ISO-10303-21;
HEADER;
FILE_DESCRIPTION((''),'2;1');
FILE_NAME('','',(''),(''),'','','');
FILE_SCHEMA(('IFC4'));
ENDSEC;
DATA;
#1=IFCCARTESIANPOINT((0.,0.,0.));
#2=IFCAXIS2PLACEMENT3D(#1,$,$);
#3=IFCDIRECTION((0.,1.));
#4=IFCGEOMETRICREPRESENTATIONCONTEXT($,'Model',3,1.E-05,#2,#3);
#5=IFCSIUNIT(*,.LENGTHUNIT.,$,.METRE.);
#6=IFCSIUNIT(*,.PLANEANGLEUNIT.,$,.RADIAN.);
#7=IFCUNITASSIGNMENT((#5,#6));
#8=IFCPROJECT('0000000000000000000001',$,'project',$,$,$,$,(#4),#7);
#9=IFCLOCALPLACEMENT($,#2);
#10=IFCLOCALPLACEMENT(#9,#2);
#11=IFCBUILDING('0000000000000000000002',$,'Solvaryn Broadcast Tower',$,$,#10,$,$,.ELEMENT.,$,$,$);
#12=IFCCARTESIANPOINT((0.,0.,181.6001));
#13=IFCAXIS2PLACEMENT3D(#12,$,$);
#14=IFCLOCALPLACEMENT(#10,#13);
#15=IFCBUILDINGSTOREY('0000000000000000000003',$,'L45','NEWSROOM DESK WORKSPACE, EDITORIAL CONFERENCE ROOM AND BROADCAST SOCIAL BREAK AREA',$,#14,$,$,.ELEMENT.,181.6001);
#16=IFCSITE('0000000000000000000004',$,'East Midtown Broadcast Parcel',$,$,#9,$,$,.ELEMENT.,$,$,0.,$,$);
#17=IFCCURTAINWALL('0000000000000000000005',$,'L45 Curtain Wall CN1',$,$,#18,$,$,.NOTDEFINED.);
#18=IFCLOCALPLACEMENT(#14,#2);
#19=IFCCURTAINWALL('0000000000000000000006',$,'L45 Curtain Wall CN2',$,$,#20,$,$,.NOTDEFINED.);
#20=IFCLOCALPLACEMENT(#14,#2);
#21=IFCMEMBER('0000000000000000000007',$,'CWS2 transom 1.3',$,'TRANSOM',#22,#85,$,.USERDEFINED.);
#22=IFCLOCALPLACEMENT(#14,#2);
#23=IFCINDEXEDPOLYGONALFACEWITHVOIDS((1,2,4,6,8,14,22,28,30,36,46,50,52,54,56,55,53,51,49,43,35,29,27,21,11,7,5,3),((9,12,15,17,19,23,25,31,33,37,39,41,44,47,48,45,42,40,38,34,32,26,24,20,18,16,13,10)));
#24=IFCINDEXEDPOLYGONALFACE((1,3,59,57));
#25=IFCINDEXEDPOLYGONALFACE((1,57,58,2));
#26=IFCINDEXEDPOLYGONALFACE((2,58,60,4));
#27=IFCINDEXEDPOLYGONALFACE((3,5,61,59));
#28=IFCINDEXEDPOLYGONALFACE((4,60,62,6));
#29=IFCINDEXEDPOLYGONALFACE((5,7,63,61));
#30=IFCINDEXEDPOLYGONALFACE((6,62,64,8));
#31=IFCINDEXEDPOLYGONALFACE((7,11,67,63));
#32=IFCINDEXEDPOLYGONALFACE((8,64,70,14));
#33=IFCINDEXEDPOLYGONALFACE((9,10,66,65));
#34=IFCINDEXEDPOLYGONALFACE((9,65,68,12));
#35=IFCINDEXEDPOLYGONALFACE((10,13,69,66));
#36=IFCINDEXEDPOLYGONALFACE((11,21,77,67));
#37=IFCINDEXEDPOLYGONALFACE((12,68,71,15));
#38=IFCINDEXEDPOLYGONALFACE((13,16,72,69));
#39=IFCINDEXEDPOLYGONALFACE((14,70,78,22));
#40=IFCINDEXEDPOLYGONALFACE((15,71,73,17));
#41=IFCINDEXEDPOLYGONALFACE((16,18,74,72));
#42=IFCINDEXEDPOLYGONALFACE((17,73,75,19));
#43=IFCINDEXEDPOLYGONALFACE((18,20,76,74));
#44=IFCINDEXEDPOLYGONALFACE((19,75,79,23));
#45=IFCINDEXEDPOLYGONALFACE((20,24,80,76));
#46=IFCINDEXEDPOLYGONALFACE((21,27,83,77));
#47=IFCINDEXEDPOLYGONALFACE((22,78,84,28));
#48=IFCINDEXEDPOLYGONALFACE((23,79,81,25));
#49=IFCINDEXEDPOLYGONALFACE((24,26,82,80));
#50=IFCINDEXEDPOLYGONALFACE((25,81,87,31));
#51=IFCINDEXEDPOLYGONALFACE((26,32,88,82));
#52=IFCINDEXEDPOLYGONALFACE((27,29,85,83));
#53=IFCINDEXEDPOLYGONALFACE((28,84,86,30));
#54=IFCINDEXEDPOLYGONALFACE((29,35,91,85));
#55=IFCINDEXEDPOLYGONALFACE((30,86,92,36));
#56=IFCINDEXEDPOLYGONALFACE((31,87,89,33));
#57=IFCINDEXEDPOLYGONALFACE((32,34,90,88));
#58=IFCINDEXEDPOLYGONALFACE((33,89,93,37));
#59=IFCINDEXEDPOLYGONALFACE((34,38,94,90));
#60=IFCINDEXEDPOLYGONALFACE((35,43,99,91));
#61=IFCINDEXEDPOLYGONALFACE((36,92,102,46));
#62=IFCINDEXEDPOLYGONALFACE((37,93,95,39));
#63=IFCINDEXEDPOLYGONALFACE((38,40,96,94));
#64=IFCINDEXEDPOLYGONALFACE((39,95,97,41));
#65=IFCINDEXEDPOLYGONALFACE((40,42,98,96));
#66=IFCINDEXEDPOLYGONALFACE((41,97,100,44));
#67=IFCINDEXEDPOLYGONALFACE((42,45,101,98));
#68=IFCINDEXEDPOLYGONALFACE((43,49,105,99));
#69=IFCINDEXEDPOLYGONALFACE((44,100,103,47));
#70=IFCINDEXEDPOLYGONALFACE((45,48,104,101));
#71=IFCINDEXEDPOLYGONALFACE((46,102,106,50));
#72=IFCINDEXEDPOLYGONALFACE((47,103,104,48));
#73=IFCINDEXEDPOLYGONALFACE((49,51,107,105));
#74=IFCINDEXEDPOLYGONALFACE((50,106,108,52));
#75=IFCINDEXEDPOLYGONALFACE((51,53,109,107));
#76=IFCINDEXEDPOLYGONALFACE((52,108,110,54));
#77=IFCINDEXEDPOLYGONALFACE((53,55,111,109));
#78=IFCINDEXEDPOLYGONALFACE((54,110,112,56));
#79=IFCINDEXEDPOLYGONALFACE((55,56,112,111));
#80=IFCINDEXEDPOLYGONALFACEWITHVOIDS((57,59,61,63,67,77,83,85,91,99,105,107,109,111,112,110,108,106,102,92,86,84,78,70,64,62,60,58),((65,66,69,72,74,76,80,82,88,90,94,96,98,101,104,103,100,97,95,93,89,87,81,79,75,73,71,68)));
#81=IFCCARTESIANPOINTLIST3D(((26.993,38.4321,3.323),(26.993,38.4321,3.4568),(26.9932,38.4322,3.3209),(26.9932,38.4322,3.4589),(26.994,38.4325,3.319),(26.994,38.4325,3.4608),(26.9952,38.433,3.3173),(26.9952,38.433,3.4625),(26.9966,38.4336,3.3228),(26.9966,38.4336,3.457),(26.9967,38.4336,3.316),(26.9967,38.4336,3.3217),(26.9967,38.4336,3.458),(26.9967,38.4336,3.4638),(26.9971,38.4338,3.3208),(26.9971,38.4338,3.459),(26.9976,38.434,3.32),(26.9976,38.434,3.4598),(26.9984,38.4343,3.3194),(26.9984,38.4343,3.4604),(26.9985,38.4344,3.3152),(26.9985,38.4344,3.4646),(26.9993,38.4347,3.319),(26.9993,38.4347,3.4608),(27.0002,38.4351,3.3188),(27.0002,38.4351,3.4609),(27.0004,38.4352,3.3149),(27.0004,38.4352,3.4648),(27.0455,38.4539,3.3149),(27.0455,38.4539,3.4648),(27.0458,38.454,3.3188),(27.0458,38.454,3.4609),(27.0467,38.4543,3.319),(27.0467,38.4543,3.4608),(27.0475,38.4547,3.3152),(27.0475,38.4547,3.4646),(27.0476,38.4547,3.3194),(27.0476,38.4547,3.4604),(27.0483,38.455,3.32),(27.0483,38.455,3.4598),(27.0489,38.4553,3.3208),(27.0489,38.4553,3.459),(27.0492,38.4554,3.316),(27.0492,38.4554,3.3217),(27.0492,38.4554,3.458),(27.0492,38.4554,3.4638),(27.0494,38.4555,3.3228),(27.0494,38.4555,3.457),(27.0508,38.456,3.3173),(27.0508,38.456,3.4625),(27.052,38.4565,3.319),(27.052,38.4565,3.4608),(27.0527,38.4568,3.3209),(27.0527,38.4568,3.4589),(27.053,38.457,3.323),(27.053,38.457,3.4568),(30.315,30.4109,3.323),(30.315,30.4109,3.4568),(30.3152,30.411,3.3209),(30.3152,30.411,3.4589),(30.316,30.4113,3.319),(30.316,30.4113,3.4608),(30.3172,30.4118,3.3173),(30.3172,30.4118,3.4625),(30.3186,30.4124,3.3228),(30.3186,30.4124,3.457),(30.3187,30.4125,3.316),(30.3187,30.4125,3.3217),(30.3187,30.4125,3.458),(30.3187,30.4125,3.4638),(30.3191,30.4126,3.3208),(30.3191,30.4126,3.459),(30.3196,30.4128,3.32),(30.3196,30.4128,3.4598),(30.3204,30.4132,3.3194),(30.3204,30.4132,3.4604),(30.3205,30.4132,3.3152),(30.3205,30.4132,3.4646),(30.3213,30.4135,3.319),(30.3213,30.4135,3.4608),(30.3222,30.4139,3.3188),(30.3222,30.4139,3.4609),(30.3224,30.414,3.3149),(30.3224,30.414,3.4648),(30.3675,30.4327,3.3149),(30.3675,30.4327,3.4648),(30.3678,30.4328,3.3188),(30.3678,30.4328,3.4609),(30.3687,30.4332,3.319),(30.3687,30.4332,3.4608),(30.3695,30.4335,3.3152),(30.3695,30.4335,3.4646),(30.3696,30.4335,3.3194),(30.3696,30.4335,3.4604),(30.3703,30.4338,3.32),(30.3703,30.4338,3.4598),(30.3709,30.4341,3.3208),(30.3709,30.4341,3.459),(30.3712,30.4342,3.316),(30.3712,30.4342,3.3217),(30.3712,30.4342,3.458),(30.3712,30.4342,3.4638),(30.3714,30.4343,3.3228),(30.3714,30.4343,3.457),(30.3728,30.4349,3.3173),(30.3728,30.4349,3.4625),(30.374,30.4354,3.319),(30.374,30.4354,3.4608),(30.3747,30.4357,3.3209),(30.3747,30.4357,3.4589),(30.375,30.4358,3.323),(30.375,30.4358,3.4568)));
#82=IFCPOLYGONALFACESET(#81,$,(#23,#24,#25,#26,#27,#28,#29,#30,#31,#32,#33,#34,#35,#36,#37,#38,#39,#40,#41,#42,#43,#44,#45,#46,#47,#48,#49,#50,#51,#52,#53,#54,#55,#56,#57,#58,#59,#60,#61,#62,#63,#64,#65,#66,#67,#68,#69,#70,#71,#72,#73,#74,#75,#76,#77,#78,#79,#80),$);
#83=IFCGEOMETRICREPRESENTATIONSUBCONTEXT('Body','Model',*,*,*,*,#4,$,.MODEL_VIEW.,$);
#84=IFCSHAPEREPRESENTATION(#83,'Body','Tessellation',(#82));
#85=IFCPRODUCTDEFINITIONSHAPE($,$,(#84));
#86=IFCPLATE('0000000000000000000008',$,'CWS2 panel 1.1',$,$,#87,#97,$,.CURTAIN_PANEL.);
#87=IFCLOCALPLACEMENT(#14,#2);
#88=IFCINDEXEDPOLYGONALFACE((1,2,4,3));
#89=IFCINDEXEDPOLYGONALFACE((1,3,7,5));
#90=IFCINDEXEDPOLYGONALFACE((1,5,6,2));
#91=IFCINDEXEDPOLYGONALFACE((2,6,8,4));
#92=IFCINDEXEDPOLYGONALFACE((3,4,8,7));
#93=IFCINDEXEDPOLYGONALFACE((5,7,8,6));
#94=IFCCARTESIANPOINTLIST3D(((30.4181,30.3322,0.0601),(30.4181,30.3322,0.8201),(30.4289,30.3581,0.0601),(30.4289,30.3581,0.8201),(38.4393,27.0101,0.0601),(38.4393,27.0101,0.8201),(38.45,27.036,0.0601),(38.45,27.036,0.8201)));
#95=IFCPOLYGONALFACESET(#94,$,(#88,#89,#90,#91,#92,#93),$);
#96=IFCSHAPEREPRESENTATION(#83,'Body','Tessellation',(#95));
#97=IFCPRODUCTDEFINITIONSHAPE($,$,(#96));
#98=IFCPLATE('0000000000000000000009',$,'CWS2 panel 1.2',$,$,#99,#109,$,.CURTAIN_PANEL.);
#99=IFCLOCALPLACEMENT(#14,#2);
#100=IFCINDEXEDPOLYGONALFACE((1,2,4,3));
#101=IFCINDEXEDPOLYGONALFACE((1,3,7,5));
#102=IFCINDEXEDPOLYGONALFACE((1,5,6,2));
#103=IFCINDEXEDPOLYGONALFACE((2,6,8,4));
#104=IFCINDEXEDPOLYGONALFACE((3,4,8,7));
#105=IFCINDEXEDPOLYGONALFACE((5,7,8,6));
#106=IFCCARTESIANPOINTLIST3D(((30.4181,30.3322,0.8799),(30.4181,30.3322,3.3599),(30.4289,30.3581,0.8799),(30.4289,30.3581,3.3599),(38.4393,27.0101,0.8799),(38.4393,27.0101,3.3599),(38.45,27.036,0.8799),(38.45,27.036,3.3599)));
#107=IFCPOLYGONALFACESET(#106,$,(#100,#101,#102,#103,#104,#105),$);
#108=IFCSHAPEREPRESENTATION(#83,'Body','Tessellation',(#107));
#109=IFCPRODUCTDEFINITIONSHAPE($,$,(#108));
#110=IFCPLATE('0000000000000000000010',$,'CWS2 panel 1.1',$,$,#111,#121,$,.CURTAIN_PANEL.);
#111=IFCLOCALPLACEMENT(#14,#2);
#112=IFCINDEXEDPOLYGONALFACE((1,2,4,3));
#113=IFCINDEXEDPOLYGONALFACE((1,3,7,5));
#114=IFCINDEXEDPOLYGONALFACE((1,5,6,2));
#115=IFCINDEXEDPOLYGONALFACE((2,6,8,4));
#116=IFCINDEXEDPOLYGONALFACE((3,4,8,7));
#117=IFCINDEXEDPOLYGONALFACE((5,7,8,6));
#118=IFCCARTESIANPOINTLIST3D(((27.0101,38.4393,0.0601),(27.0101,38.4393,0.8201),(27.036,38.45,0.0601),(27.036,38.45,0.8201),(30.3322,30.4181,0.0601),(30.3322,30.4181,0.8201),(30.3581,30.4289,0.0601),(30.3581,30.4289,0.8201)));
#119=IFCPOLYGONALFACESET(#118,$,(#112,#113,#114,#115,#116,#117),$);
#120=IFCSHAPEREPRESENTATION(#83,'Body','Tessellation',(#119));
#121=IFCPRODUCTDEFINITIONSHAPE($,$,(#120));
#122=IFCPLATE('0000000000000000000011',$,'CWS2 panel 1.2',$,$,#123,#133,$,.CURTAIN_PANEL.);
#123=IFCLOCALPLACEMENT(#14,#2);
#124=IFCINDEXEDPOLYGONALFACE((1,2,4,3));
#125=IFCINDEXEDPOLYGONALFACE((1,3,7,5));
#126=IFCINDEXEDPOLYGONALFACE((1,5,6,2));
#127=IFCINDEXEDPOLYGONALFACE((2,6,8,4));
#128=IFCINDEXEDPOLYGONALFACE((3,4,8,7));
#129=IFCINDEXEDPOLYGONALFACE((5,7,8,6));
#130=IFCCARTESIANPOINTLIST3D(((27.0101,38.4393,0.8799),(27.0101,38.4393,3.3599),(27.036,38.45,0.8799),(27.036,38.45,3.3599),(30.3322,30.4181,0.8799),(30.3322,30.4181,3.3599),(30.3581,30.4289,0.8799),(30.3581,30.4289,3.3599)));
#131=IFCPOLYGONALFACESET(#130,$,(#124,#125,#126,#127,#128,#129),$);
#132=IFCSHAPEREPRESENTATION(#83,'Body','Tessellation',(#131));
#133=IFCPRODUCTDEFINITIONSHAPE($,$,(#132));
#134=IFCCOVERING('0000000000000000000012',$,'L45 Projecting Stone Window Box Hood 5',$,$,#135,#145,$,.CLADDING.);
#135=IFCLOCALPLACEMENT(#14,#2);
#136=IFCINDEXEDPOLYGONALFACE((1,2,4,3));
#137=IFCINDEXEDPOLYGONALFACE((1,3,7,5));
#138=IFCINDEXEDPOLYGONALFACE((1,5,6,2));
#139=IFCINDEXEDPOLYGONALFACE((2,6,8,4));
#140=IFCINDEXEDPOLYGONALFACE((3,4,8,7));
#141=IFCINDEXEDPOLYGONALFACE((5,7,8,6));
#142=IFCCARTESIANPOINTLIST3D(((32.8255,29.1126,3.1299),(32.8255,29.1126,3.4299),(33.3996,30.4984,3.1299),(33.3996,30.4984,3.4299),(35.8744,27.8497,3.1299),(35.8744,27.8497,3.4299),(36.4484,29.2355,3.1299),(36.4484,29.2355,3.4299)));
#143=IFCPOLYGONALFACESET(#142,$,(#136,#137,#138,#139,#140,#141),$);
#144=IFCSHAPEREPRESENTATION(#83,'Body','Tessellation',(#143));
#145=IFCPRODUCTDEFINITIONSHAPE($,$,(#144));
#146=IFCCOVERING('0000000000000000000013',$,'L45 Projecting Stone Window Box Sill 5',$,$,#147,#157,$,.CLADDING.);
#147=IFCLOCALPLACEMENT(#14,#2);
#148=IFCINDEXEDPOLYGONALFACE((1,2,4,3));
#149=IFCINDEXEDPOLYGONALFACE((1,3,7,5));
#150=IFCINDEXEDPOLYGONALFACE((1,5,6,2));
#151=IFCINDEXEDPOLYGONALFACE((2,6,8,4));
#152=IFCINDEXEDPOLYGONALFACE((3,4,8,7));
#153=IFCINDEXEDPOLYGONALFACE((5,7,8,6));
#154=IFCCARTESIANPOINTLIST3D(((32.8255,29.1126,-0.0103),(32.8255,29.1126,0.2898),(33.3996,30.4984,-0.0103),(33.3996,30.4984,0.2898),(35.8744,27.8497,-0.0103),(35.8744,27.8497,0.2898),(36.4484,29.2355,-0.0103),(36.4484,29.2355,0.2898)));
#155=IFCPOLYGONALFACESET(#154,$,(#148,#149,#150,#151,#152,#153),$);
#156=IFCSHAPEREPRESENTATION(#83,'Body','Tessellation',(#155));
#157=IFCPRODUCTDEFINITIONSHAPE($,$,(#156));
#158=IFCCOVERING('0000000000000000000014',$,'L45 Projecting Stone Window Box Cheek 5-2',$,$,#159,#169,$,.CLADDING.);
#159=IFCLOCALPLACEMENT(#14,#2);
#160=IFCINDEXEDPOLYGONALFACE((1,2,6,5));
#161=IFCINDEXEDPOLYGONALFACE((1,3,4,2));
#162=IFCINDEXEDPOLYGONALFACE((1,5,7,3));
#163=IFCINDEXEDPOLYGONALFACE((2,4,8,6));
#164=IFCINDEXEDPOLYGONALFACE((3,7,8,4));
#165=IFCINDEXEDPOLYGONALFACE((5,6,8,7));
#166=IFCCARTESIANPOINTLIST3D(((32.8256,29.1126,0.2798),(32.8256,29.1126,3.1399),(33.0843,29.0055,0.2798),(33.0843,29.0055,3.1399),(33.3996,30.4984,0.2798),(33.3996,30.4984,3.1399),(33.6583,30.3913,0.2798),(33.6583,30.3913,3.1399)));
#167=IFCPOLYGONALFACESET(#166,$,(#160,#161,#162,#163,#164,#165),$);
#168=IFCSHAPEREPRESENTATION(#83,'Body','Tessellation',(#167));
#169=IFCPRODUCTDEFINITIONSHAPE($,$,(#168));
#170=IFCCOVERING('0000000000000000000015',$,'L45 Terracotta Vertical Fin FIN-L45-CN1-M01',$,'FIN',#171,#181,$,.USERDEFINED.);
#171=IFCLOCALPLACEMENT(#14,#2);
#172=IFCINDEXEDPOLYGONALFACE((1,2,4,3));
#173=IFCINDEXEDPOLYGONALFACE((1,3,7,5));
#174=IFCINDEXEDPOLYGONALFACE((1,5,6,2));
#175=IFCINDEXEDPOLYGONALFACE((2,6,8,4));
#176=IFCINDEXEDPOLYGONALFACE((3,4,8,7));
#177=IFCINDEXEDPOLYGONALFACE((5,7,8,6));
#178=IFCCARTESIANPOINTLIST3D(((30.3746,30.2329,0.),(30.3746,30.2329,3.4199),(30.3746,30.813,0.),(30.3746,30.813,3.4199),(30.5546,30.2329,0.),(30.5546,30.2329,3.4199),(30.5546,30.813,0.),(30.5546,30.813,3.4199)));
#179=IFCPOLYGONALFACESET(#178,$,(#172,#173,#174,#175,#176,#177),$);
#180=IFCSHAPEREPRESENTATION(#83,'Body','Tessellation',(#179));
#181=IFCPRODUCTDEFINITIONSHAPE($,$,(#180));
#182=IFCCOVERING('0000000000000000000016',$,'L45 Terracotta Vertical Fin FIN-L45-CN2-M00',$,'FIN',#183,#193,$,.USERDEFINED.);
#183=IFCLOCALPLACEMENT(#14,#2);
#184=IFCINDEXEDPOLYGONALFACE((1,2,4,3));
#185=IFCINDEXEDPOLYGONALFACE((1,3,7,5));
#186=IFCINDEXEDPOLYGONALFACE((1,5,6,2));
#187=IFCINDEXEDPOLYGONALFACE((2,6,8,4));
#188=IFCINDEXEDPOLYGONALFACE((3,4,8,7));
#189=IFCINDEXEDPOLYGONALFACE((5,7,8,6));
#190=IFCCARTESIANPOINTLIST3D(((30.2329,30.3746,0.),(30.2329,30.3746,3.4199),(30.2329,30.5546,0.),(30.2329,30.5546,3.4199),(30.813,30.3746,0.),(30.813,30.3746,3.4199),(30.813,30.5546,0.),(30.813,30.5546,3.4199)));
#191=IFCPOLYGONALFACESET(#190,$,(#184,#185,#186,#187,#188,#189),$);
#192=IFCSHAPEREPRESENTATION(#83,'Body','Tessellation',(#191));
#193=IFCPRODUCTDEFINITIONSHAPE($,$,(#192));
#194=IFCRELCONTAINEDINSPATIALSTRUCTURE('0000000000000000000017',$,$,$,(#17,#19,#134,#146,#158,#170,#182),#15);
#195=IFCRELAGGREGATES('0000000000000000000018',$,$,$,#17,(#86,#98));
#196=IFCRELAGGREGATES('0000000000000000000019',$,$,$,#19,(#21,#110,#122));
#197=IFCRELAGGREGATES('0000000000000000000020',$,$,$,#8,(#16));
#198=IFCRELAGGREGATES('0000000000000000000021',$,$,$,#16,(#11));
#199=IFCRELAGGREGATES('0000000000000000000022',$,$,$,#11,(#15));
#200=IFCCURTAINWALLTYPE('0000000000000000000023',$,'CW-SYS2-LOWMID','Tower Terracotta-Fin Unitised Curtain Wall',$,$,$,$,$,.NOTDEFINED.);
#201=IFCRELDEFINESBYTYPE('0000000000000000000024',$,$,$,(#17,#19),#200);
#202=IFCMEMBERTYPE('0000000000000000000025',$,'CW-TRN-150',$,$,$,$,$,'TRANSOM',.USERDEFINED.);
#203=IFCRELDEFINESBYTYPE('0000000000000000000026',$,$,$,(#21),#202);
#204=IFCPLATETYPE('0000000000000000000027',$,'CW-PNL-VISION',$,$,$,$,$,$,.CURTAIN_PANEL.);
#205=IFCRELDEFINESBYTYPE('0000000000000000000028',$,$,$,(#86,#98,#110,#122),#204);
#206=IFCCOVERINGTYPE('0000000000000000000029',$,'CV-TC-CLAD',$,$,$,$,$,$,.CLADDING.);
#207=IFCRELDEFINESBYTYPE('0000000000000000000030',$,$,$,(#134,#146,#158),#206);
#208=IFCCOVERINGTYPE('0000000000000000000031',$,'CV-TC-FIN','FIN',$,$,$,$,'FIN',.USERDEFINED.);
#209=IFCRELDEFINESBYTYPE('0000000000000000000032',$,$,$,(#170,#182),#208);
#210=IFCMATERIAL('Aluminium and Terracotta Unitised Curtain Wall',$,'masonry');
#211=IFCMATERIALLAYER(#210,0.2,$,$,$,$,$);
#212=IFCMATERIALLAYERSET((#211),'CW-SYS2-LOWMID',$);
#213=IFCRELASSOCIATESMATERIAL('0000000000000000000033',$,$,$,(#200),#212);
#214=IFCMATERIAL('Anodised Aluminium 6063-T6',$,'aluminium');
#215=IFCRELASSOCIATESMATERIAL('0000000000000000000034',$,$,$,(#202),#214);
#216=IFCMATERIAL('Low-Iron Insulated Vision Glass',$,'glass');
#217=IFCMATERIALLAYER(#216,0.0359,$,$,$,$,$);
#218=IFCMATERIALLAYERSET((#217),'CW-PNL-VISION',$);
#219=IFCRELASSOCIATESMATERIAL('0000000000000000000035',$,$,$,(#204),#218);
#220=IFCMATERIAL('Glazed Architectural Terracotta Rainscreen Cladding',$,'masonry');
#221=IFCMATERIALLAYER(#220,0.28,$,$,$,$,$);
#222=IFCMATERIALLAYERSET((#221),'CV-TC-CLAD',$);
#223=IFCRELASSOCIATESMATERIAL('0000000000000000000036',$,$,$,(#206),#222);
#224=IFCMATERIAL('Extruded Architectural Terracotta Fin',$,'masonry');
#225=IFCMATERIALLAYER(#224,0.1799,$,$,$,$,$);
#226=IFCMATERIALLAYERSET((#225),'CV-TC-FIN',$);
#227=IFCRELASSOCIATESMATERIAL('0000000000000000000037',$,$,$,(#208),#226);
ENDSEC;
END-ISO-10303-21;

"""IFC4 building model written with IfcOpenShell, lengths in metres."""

from ifc_helpers import new_model, si_unit, direction, frame, origin, origin_2d, place, context, subcontext, project, spatial, rectangle, hollow_rectangle, extrude, material, layer, layer_set, material_profile, profile_set, type_object, element, aggregate, save


model = new_model("IFC4")

# Units and contexts
model_context = context("Model", 3, precision=1e-05, world=origin(), true_north=direction((0.0, 1.0)))
body_context = subcontext(model_context, "Body", "Model", "MODEL_VIEW")
ifc_project = project(units=[si_unit("LENGTHUNIT", "METRE"), si_unit("PLANEANGLEUNIT", "RADIAN")], contexts=[model_context])

# Site, building, storey
site_placement = place(None, origin())
site = spatial("IfcSite", under=ifc_project, at=site_placement, Name="East Midtown Broadcast Parcel", CompositionType="ELEMENT", RefElevation=0.0)
building_placement = place(site_placement, origin())
building = spatial("IfcBuilding", under=site, at=building_placement, Name="Solvaryn Broadcast Tower", CompositionType="ELEMENT")
storey_placement = place(building_placement, frame((0.0, 0.0, 181.6001)))
storey = spatial("IfcBuildingStorey", under=building, at=storey_placement, Name="L45", Description="NEWSROOM DESK WORKSPACE, EDITORIAL CONFERENCE ROOM AND BROADCAST SOCIAL BREAK AREA", CompositionType="ELEMENT", Elevation=181.6001)

# Curtain wall
ifc_material_1 = material(Name="Aluminium and Terracotta Unitised Curtain Wall", Category="masonry")
ifc_layer_1 = layer(ifc_material_1, 0.2)
ifc_layer_set_1 = layer_set([ifc_layer_1], Name="CW-SYS2-LOWMID")
curtain_wall_type = type_object("IfcCurtainWallType", Name="CW-SYS2-LOWMID", Description="Tower Terracotta-Fin Unitised Curtain Wall", PredefinedType="NOTDEFINED", material=ifc_layer_set_1)
curtain_wall_1_placement = place(storey_placement, origin())
curtain_wall_1 = element("IfcCurtainWall", 1, at=curtain_wall_1_placement, inside=storey, type_object=curtain_wall_type, Name="L45 Curtain Wall CN1", PredefinedType="NOTDEFINED")

# Curtain wall, member
curtain_wall_2_placement = place(storey_placement, origin())
curtain_wall_2 = element("IfcCurtainWall", 2, at=curtain_wall_2_placement, inside=storey, type_object=curtain_wall_type, Name="L45 Curtain Wall CN2", PredefinedType="NOTDEFINED")
ifc_material_2 = material(Name="Anodised Aluminium 6063-T6", Category="aluminium")
ifc_material_profile_1 = material_profile(ifc_material_2, hollow_rectangle(XDim=0.0649, YDim=0.1499, WallThickness=0.0039, InnerFilletRadius=0.0039, OuterFilletRadius=0.0081, at=origin_2d()))
ifc_profile_set_1 = profile_set([ifc_material_profile_1], Name="Anodised Aluminium 6063-T6")
member_type_1 = type_object("IfcMemberType", Name="CW-TRN-150", ElementType="TRANSOM", PredefinedType="USERDEFINED", material=ifc_profile_set_1)
member_1_placement = place(storey_placement, frame((30.345, 30.4233, 3.3899), z_axis=(-0.382636, 0.923899, 0.0), x_axis=(-0.923899, -0.382636, 0.0)))
member_1 = element("IfcMember", 3, at=member_1_placement, type_object=member_type_1, Name="CWS2 transom 1.3", ObjectType="TRANSOM", PredefinedType="USERDEFINED", context=body_context, shape_type="SweptSolid", body=[
    extrude(hollow_rectangle(XDim=0.0649, YDim=0.1499, WallThickness=0.0039, InnerFilletRadius=0.0039, OuterFilletRadius=0.0081, at=origin_2d()), origin(), (0.0, 0.0, 1.0), 8.6819),
])

# Plates
ifc_material_3 = material(Name="Low-Iron Insulated Vision Glass", Category="glass")
ifc_layer_2 = layer(ifc_material_3, 0.0359)
ifc_layer_set_2 = layer_set([ifc_layer_2], Name="CW-PNL-VISION")
plate_type = type_object("IfcPlateType", Name="CW-PNL-VISION", PredefinedType="CURTAIN_PANEL", material=ifc_layer_set_2)
plate_1_placement = place(storey_placement, frame((34.4341, 28.6841, 0.0601), z_axis=(0.0, 0.0, 1.0), x_axis=(-0.923895, 0.382646, 0.0)))
plate_1 = element("IfcPlate", 4, at=plate_1_placement, type_object=plate_type, Name="CWS2 panel 1.1", PredefinedType="CURTAIN_PANEL", context=body_context, shape_type="SweptSolid", body=[
    extrude(rectangle(XDim=8.6819, YDim=0.0281, at=origin_2d()), origin(), (0.0, 0.0, 1.0), 0.76),
])
plate_2_placement = place(storey_placement, frame((34.4341, 28.6841, 0.8799), z_axis=(0.0, 0.0, 1.0), x_axis=(-0.923895, 0.382646, 0.0)))
plate_2 = element("IfcPlate", 5, at=plate_2_placement, type_object=plate_type, Name="CWS2 panel 1.2", PredefinedType="CURTAIN_PANEL", context=body_context, shape_type="SweptSolid", body=[
    extrude(rectangle(XDim=8.6819, YDim=0.0281, at=origin_2d()), origin(), (0.0, 0.0, 1.0), 2.48),
])
aggregate(curtain_wall_1, [plate_1, plate_2])
plate_3_placement = place(storey_placement, frame((28.6841, 34.4341, 0.0601), z_axis=(0.0, 0.0, 1.0), x_axis=(-0.382646, 0.923895, 0.0)))
plate_3 = element("IfcPlate", 6, at=plate_3_placement, type_object=plate_type, Name="CWS2 panel 1.1", PredefinedType="CURTAIN_PANEL", context=body_context, shape_type="SweptSolid", body=[
    extrude(rectangle(XDim=8.6819, YDim=0.0281, at=origin_2d()), origin(), (0.0, 0.0, 1.0), 0.76),
])
plate_4_placement = place(storey_placement, frame((28.6841, 34.4341, 0.8799), z_axis=(0.0, 0.0, 1.0), x_axis=(-0.382646, 0.923895, 0.0)))
plate_4 = element("IfcPlate", 7, at=plate_4_placement, type_object=plate_type, Name="CWS2 panel 1.2", PredefinedType="CURTAIN_PANEL", context=body_context, shape_type="SweptSolid", body=[
    extrude(rectangle(XDim=8.6819, YDim=0.0281, at=origin_2d()), origin(), (0.0, 0.0, 1.0), 2.48),
])
aggregate(curtain_wall_2, [member_1, plate_3, plate_4])

# Coverings
ifc_material_4 = material(Name="Glazed Architectural Terracotta Rainscreen Cladding", Category="masonry")
ifc_layer_3 = layer(ifc_material_4, 0.28)
ifc_layer_set_3 = layer_set([ifc_layer_3], Name="CV-TC-CLAD")
covering_type_1 = type_object("IfcCoveringType", Name="CV-TC-CLAD", PredefinedType="CLADDING", material=ifc_layer_set_3)
for number, where, z_axis, x_axis, name in (
    (8, (34.637, 29.1741, 3.1299), (0.0, 0.0, 1.0), (-0.92388, 0.382683, 0.0), "L45 Projecting Stone Window Box Hood 5"),
    (9, (34.637, 29.1741, -0.0103), (0.0, 0.0, 1.0), (-0.92388, 0.382683, 0.0), "L45 Projecting Stone Window Box Sill 5"),
):
    element("IfcCovering", number, at=place(storey_placement, frame(where, z_axis=z_axis, x_axis=x_axis)), inside=storey, type_object=covering_type_1, Name=name, PredefinedType="CLADDING", context=body_context, shape_type="SweptSolid", body=[
        extrude(rectangle(XDim=3.3, YDim=1.5, at=origin_2d()), origin(), (0.0, 0.0, 1.0), 0.3),
    ])
covering_1_placement = place(storey_placement, frame((33.2419, 29.752, 0.2798), z_axis=(0.0, 0.0, 1.0), x_axis=(-0.92388, 0.382683, 0.0)))
element("IfcCovering", 10, at=covering_1_placement, inside=storey, type_object=covering_type_1, Name="L45 Projecting Stone Window Box Cheek 5-2", PredefinedType="CLADDING", context=body_context, shape_type="SweptSolid", body=[
    extrude(rectangle(XDim=0.28, YDim=1.5, at=origin_2d()), origin(), (0.0, 0.0, 1.0), 2.8601),
])
ifc_material_5 = material(Name="Extruded Architectural Terracotta Fin", Category="masonry")
ifc_layer_4 = layer(ifc_material_5, 0.1799)
ifc_layer_set_4 = layer_set([ifc_layer_4], Name="CV-TC-FIN")
covering_type_2 = type_object("IfcCoveringType", Name="CV-TC-FIN", Description="FIN", ElementType="FIN", PredefinedType="USERDEFINED", material=ifc_layer_set_4)
covering_2_placement = place(storey_placement, frame((30.4646, 30.5229, 0.0), z_axis=(0.0, 0.0, 1.0), x_axis=(1.0, 0.0, 0.0)))
element("IfcCovering", 11, at=covering_2_placement, inside=storey, type_object=covering_type_2, Name="L45 Terracotta Vertical Fin FIN-L45-CN1-M01", ObjectType="FIN", PredefinedType="USERDEFINED", context=body_context, shape_type="SweptSolid", body=[
    extrude(rectangle(XDim=0.1799, YDim=0.5801, at=origin_2d()), origin(), (0.0, 0.0, 1.0), 3.4199),
])
covering_3_placement = place(storey_placement, frame((30.5229, 30.4646, 0.0), z_axis=(0.0, 0.0, 1.0), x_axis=(1.0, 0.0, 0.0)))
element("IfcCovering", 12, at=covering_3_placement, inside=storey, type_object=covering_type_2, Name="L45 Terracotta Vertical Fin FIN-L45-CN2-M00", ObjectType="FIN", PredefinedType="USERDEFINED", context=body_context, shape_type="SweptSolid", body=[
    extrude(rectangle(XDim=0.5801, YDim=0.1799, at=origin_2d()), origin(), (0.0, 0.0, 1.0), 3.4199),
])

save(model, "model.ifc")
